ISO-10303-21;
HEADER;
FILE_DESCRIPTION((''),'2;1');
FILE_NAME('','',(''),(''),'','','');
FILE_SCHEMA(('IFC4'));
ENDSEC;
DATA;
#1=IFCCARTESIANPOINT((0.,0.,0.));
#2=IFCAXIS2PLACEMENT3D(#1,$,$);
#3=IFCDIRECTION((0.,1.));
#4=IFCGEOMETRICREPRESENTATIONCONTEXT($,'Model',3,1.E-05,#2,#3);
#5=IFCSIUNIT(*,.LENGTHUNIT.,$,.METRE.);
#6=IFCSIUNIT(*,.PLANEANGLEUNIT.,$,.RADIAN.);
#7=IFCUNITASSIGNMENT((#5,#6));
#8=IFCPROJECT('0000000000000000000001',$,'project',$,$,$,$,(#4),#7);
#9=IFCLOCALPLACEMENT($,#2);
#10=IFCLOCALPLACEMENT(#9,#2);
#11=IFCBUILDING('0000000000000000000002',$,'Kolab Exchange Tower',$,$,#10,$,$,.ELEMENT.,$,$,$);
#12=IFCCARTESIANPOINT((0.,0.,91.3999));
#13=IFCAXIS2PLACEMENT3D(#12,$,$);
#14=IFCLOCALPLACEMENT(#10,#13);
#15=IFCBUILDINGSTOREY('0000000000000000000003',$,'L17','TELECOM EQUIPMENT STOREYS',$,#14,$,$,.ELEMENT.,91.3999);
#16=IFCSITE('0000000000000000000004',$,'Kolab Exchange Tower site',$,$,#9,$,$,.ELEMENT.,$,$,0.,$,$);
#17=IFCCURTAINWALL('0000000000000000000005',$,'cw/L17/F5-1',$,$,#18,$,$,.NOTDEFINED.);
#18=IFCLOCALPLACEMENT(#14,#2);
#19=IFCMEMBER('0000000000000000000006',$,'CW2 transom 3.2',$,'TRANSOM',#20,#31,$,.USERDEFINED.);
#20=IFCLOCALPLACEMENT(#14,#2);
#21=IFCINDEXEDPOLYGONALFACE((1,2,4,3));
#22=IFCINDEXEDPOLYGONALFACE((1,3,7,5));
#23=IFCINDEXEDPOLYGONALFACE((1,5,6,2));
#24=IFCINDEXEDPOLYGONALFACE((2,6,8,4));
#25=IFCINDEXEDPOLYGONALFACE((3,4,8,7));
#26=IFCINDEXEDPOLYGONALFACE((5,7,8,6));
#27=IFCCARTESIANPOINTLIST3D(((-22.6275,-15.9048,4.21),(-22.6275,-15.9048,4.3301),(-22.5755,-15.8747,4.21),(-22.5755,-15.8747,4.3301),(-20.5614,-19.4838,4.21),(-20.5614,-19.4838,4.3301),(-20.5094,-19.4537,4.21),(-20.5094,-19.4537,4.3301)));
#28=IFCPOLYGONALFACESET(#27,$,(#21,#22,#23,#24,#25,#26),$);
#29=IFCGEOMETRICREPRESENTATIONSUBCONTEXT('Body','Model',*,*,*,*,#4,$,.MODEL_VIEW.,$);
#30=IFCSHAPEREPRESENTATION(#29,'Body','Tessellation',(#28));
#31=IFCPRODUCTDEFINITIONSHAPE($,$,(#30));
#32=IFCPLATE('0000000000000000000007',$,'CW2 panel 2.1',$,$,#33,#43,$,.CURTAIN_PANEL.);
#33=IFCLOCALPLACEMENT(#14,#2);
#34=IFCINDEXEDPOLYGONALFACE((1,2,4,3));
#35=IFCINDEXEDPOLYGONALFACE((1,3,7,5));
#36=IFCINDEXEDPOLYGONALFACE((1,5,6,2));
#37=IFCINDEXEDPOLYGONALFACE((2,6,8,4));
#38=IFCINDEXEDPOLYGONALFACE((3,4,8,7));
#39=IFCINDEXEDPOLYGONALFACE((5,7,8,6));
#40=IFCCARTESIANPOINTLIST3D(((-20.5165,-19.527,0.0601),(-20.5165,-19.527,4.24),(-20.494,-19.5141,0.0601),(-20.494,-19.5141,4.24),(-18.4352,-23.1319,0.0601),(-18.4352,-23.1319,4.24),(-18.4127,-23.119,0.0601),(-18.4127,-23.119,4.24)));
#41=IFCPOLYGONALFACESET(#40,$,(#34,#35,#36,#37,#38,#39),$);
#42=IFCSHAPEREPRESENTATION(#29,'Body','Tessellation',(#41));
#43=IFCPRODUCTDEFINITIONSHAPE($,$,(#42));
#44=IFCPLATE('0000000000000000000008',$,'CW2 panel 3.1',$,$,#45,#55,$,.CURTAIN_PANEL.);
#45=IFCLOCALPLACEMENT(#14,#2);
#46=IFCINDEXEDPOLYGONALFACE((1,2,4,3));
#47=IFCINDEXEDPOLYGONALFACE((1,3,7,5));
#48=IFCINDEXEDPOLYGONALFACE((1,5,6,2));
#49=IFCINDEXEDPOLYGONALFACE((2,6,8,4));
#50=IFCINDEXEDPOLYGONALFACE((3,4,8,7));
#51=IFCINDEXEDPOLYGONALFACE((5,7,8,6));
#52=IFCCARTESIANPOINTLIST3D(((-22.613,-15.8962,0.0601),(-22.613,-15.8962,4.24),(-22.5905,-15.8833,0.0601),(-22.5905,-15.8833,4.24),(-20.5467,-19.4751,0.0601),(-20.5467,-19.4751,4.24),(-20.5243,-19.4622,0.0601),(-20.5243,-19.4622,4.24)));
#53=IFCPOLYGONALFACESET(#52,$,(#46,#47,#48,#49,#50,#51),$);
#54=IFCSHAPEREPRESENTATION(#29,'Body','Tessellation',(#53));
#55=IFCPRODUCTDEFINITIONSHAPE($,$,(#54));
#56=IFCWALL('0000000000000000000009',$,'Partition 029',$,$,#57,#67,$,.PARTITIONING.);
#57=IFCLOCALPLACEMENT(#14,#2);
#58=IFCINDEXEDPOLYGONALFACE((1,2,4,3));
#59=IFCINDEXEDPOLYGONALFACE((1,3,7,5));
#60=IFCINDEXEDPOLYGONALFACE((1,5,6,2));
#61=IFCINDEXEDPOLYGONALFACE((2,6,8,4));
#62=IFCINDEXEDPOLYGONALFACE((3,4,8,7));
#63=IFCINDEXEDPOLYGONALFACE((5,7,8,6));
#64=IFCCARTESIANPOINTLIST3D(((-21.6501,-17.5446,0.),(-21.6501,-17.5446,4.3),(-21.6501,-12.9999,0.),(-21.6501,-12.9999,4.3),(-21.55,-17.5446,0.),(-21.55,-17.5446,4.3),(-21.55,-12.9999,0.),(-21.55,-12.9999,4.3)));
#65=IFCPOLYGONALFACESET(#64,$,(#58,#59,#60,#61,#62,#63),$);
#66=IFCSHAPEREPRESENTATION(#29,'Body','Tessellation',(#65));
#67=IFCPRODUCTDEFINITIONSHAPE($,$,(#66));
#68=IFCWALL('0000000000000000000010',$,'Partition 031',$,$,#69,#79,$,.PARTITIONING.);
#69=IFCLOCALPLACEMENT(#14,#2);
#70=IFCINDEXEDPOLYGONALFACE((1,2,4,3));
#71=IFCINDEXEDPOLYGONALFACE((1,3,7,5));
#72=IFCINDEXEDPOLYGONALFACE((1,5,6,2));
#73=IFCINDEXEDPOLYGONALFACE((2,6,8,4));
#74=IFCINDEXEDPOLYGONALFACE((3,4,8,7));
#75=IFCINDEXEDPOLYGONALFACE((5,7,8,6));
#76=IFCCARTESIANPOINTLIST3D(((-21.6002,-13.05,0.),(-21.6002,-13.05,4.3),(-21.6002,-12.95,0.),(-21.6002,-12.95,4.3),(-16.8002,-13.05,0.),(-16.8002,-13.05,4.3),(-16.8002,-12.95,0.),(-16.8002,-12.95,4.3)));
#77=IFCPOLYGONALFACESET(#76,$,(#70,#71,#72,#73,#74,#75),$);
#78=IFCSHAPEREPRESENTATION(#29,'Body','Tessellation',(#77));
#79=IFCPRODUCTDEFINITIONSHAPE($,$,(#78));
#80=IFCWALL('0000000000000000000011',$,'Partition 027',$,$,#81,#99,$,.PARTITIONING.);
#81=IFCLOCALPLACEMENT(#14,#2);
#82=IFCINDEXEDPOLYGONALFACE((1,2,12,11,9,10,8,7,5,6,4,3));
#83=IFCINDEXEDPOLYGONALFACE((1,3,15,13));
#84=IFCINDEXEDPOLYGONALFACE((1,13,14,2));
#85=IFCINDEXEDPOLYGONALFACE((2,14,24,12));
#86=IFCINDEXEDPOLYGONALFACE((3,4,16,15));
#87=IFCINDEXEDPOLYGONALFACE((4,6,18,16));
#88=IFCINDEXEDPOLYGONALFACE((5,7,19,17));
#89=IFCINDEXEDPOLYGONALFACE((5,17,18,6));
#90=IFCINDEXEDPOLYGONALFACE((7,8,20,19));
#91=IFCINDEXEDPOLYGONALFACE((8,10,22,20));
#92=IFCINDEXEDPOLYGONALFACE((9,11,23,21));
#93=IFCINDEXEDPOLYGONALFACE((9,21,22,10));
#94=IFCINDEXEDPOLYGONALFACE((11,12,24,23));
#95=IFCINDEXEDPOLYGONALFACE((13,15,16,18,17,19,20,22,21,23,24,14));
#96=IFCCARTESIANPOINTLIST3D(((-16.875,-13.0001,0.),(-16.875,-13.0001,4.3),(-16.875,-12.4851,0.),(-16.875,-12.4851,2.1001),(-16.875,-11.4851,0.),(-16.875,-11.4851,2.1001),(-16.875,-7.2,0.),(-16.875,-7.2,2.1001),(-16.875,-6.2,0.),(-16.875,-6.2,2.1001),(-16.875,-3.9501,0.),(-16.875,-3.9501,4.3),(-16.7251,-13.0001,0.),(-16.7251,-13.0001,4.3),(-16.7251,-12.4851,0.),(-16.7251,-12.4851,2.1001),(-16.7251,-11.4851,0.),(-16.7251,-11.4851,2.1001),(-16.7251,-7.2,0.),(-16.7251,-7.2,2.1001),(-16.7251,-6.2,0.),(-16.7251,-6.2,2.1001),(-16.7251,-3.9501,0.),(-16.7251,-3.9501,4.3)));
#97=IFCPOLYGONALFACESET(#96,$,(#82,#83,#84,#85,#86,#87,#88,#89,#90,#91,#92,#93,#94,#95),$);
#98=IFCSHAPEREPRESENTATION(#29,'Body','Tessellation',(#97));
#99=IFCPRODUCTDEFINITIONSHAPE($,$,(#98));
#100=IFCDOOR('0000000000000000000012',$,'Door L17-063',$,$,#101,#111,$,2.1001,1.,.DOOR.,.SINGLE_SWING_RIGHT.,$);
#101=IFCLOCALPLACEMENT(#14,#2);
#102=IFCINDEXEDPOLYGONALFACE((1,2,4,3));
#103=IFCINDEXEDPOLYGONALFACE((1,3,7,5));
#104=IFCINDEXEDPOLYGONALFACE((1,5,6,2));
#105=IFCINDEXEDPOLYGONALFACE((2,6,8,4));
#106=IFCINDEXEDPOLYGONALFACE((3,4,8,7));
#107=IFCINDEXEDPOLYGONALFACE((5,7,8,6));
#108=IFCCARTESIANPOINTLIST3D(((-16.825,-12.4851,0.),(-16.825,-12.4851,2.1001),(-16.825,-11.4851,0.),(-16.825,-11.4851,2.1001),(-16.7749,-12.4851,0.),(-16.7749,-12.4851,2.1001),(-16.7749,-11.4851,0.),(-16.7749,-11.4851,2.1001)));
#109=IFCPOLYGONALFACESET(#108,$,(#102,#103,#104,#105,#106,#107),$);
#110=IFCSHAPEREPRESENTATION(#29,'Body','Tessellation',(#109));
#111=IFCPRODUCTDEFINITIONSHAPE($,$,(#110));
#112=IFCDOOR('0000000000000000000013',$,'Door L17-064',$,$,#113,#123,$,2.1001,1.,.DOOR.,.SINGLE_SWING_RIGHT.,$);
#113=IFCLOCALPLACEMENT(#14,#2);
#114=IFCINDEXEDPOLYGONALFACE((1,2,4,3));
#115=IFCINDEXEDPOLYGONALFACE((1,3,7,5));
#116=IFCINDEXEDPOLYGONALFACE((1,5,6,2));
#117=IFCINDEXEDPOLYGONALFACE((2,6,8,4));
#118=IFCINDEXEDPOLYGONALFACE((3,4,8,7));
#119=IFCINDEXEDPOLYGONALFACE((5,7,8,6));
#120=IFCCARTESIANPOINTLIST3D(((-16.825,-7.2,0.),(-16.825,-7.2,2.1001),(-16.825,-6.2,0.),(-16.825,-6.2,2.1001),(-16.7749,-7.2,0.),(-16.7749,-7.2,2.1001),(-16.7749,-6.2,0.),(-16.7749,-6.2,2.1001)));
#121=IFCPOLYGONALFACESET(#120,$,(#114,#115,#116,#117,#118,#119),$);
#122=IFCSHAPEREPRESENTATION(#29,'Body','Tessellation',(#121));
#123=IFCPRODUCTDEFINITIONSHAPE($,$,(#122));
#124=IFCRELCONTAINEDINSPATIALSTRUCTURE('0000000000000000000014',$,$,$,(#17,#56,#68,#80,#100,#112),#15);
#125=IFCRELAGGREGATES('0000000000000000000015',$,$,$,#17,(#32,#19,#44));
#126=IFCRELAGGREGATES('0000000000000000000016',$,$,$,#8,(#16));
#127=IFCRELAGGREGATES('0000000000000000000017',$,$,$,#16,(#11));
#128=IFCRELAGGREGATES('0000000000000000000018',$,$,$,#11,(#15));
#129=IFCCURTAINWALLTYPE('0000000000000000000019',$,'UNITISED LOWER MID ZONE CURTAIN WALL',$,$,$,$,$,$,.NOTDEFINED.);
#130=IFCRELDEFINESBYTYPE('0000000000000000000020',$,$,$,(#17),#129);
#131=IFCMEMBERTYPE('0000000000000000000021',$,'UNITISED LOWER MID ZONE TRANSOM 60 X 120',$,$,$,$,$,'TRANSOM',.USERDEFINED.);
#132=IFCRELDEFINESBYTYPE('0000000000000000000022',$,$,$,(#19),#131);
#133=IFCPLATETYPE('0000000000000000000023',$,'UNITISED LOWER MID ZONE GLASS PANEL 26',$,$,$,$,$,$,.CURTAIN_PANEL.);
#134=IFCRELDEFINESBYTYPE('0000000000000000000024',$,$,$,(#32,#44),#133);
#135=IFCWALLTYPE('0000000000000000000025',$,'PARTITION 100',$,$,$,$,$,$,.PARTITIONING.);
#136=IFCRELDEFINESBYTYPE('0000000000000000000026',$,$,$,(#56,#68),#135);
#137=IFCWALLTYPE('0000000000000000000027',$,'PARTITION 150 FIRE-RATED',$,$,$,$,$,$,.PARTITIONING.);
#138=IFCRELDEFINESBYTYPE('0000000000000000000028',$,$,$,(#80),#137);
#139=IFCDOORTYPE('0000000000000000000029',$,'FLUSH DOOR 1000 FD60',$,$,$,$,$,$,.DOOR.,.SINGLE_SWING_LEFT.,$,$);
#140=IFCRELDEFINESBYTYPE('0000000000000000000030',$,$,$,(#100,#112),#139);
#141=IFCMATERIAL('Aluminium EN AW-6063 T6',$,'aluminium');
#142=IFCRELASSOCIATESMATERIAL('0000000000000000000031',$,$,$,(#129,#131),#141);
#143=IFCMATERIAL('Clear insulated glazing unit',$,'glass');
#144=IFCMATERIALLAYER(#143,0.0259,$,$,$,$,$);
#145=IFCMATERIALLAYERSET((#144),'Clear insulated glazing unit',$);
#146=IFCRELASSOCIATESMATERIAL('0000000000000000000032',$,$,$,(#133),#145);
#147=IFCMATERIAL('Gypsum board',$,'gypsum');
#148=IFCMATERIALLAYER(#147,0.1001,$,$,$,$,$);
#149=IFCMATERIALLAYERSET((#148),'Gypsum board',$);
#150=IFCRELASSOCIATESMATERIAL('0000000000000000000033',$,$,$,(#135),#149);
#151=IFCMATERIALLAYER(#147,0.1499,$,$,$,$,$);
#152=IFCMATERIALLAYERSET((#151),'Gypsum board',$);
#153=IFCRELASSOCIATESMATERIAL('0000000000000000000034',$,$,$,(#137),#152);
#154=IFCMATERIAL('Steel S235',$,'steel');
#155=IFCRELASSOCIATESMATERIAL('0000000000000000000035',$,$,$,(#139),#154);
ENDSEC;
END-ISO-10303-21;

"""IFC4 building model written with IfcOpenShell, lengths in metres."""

from ifc_helpers import new_model, si_unit, direction, frame, frame_2d, origin, origin_2d, place, context, subcontext, project, spatial, rectangle, extrude, material, layer, layer_set, material_profile, profile_set, type_object, element, fill, aggregate, save


model = new_model("IFC4")

# Units and contexts
model_context = context("Model", 3, precision=1e-05, world=origin(), true_north=direction((0.0, 1.0)))
body_context = subcontext(model_context, "Body", "Model", "MODEL_VIEW")
ifc_project = project(units=[si_unit("LENGTHUNIT", "METRE"), si_unit("PLANEANGLEUNIT", "RADIAN")], contexts=[model_context])

# Site, building, storey
site_placement = place(None, origin())
site = spatial("IfcSite", under=ifc_project, at=site_placement, Name="Kolab Exchange Tower site", CompositionType="ELEMENT", RefElevation=0.0)
building_placement = place(site_placement, origin())
building = spatial("IfcBuilding", under=site, at=building_placement, Name="Kolab Exchange Tower", CompositionType="ELEMENT")
storey_placement = place(building_placement, frame((0.0, 0.0, 91.3999)))
storey = spatial("IfcBuildingStorey", under=building, at=storey_placement, Name="L17", Description="TELECOM EQUIPMENT STOREYS", CompositionType="ELEMENT", Elevation=91.3999)

# Curtain wall, member, plates
ifc_material_1 = material(Name="Aluminium EN AW-6063 T6", Category="aluminium")
curtain_wall_type = type_object("IfcCurtainWallType", Name="UNITISED LOWER MID ZONE CURTAIN WALL", PredefinedType="NOTDEFINED", material=ifc_material_1)
curtain_wall_placement = place(storey_placement, origin())
curtain_wall = element("IfcCurtainWall", 1, at=curtain_wall_placement, inside=storey, type_object=curtain_wall_type, Name="cw/L17/F5-1", PredefinedType="NOTDEFINED")
ifc_material_profile_1 = material_profile(ifc_material_1, rectangle(XDim=0.0601, YDim=0.1201, at=origin_2d()), Name="RECT 60X120")
ifc_profile_set_1 = profile_set([ifc_material_profile_1], Name="Aluminium EN AW-6063 T6")
member_type_1 = type_object("IfcMemberType", Name="UNITISED LOWER MID ZONE TRANSOM 60 X 120", ElementType="TRANSOM", PredefinedType="USERDEFINED", material=ifc_profile_set_1)
member_1_placement = place(storey_placement, frame((-20.5354, -19.4688, 4.27), z_axis=(-0.499958, 0.86605, 0.0), x_axis=(-0.86605, -0.499958, 0.0)))
member_1 = element("IfcMember", 2, at=member_1_placement, type_object=member_type_1, Name="CW2 transom 3.2", ObjectType="TRANSOM", PredefinedType="USERDEFINED", context=body_context, shape_type="SweptSolid", body=[
    extrude(rectangle(XDim=0.0601, YDim=0.1201, at=origin_2d()), origin(), (0.0, 0.0, 1.0), 4.1326),
])
ifc_material_2 = material(Name="Clear insulated glazing unit", Category="glass")
ifc_layer_1 = layer(ifc_material_2, 0.0259)
ifc_layer_set_1 = layer_set([ifc_layer_1], Name="Clear insulated glazing unit")
plate_type = type_object("IfcPlateType", Name="UNITISED LOWER MID ZONE GLASS PANEL 26", PredefinedType="CURTAIN_PANEL", material=ifc_layer_set_1)
plate_1_placement = place(storey_placement, frame((-19.4646, -21.323, 0.0601), z_axis=(0.0, 0.0, 1.0), x_axis=(-0.5, 0.866025, 0.0)))
plate_1 = element("IfcPlate", 3, at=plate_1_placement, type_object=plate_type, Name="CW2 panel 2.1", PredefinedType="CURTAIN_PANEL", context=body_context, shape_type="SweptSolid", body=[
    extrude(rectangle(XDim=4.1626, YDim=0.0259, at=origin_2d()), origin(), (0.0, 0.0, 1.0), 4.1799),
])
plate_2_placement = place(storey_placement, frame((-21.5686, -17.6792, 0.0601), z_axis=(0.0, 0.0, 1.0), x_axis=(-0.5, 0.866025, 0.0)))
plate_2 = element("IfcPlate", 4, at=plate_2_placement, type_object=plate_type, Name="CW2 panel 3.1", PredefinedType="CURTAIN_PANEL", context=body_context, shape_type="SweptSolid", body=[
    extrude(rectangle(XDim=4.1326, YDim=0.0259, at=origin_2d()), origin(), (0.0, 0.0, 1.0), 4.1799),
])
aggregate(curtain_wall, [plate_1, member_1, plate_2])

# Walls
ifc_material_3 = material(Name="Gypsum board", Category="gypsum")
ifc_layer_2 = layer(ifc_material_3, 0.1001)
ifc_layer_set_2 = layer_set([ifc_layer_2], Name="Gypsum board")
wall_type_1 = type_object("IfcWallType", Name="PARTITION 100", PredefinedType="PARTITIONING", material=ifc_layer_set_2)
wall_1_placement = place(storey_placement, frame((-21.6001, -17.5447, 0.0), z_axis=(0.0, 0.0, 1.0), x_axis=(0.0, 1.0, 0.0)))
element("IfcWall", 5, at=wall_1_placement, inside=storey, type_object=wall_type_1, Name="Partition 029", PredefinedType="PARTITIONING", context=body_context, shape_type="SweptSolid", body=[
    extrude(rectangle(XDim=4.5447, YDim=0.1001, at=frame_2d((2.2725, 0.0))), origin(), (0.0, 0.0, 1.0), 4.3),
])
wall_2_placement = place(storey_placement, frame((-21.6001, -13.0, 0.0), z_axis=(0.0, 0.0, 1.0), x_axis=(1.0, 0.0, 0.0)))
element("IfcWall", 6, at=wall_2_placement, inside=storey, type_object=wall_type_1, Name="Partition 031", PredefinedType="PARTITIONING", context=body_context, shape_type="SweptSolid", body=[
    extrude(rectangle(XDim=4.8, YDim=0.1001, at=frame_2d((2.3999, 0.0))), origin(), (0.0, 0.0, 1.0), 4.3),
])

# Wall, openings, doors
ifc_layer_3 = layer(ifc_material_3, 0.1499)
ifc_layer_set_3 = layer_set([ifc_layer_3], Name="Gypsum board")
wall_type_2 = type_object("IfcWallType", Name="PARTITION 150 FIRE-RATED", PredefinedType="PARTITIONING", material=ifc_layer_set_3)
wall_3_placement = place(storey_placement, frame((-16.8, -13.0, 0.0), z_axis=(0.0, 0.0, 1.0), x_axis=(0.0, 1.0, 0.0)))
wall_3 = element("IfcWall", 7, at=wall_3_placement, inside=storey, type_object=wall_type_2, Name="Partition 027", PredefinedType="PARTITIONING", context=body_context, shape_type="SweptSolid", body=[
    extrude(rectangle(XDim=9.05, YDim=0.1499, at=frame_2d((4.5249, 0.0))), origin(), (0.0, 0.0, 1.0), 4.3),
])
opening_1_placement = place(wall_3_placement, frame((0.5149, 0.0, 0.0)))
opening_1 = element("IfcOpeningElement", 8, at=opening_1_placement, cuts=wall_3, PredefinedType="OPENING", context=body_context, shape_type="SweptSolid", body=[
    extrude(rectangle(XDim=1.0, YDim=2.1001, at=frame_2d((0.5, 1.05))), frame((0.0, 0.085, 0.0), z_axis=(0.0, -1.0, 0.0), x_axis=(1.0, 0.0, 0.0)), (0.0, 0.0, 1.0), 0.1699),
])
opening_2_placement = place(wall_3_placement, frame((5.8, 0.0, 0.0)))
opening_2 = element("IfcOpeningElement", 9, at=opening_2_placement, cuts=wall_3, PredefinedType="OPENING", context=body_context, shape_type="SweptSolid", body=[
    extrude(rectangle(XDim=1.0, YDim=2.1001, at=frame_2d((0.5, 1.05))), frame((0.0, 0.085, 0.0), z_axis=(0.0, -1.0, 0.0), x_axis=(1.0, 0.0, 0.0)), (0.0, 0.0, 1.0), 0.1699),
])
ifc_material_4 = material(Name="Steel S235", Category="steel")
door_type_1 = type_object("IfcDoorType", Name="FLUSH DOOR 1000 FD60", OperationType="SINGLE_SWING_LEFT", PredefinedType="DOOR", material=ifc_material_4)
door_1_placement = place(opening_1_placement, origin())
door_1 = element("IfcDoor", 10, at=door_1_placement, inside=storey, type_object=door_type_1, Name="Door L17-063", OperationType="SINGLE_SWING_RIGHT", OverallHeight=2.1001, OverallWidth=1.0, PredefinedType="DOOR", context=body_context, shape_type="SweptSolid", body=[
    extrude(rectangle(XDim=1.0, YDim=2.1001, at=frame_2d((0.5, 1.05))), frame((0.0, 0.0249, 0.0), z_axis=(0.0, -1.0, 0.0), x_axis=(1.0, 0.0, 0.0)), (0.0, 0.0, 1.0), 0.05),
])
fill(opening_1, door_1)
door_2_placement = place(opening_2_placement, origin())
door_2 = element("IfcDoor", 11, at=door_2_placement, inside=storey, type_object=door_type_1, Name="Door L17-064", OperationType="SINGLE_SWING_RIGHT", OverallHeight=2.1001, OverallWidth=1.0, PredefinedType="DOOR", context=body_context, shape_type="SweptSolid", body=[
    extrude(rectangle(XDim=1.0, YDim=2.1001, at=frame_2d((0.5, 1.05))), frame((0.0, 0.0249, 0.0), z_axis=(0.0, -1.0, 0.0), x_axis=(1.0, 0.0, 0.0)), (0.0, 0.0, 1.0), 0.05),
])
fill(opening_2, door_2)

save(model, "model.ifc")
